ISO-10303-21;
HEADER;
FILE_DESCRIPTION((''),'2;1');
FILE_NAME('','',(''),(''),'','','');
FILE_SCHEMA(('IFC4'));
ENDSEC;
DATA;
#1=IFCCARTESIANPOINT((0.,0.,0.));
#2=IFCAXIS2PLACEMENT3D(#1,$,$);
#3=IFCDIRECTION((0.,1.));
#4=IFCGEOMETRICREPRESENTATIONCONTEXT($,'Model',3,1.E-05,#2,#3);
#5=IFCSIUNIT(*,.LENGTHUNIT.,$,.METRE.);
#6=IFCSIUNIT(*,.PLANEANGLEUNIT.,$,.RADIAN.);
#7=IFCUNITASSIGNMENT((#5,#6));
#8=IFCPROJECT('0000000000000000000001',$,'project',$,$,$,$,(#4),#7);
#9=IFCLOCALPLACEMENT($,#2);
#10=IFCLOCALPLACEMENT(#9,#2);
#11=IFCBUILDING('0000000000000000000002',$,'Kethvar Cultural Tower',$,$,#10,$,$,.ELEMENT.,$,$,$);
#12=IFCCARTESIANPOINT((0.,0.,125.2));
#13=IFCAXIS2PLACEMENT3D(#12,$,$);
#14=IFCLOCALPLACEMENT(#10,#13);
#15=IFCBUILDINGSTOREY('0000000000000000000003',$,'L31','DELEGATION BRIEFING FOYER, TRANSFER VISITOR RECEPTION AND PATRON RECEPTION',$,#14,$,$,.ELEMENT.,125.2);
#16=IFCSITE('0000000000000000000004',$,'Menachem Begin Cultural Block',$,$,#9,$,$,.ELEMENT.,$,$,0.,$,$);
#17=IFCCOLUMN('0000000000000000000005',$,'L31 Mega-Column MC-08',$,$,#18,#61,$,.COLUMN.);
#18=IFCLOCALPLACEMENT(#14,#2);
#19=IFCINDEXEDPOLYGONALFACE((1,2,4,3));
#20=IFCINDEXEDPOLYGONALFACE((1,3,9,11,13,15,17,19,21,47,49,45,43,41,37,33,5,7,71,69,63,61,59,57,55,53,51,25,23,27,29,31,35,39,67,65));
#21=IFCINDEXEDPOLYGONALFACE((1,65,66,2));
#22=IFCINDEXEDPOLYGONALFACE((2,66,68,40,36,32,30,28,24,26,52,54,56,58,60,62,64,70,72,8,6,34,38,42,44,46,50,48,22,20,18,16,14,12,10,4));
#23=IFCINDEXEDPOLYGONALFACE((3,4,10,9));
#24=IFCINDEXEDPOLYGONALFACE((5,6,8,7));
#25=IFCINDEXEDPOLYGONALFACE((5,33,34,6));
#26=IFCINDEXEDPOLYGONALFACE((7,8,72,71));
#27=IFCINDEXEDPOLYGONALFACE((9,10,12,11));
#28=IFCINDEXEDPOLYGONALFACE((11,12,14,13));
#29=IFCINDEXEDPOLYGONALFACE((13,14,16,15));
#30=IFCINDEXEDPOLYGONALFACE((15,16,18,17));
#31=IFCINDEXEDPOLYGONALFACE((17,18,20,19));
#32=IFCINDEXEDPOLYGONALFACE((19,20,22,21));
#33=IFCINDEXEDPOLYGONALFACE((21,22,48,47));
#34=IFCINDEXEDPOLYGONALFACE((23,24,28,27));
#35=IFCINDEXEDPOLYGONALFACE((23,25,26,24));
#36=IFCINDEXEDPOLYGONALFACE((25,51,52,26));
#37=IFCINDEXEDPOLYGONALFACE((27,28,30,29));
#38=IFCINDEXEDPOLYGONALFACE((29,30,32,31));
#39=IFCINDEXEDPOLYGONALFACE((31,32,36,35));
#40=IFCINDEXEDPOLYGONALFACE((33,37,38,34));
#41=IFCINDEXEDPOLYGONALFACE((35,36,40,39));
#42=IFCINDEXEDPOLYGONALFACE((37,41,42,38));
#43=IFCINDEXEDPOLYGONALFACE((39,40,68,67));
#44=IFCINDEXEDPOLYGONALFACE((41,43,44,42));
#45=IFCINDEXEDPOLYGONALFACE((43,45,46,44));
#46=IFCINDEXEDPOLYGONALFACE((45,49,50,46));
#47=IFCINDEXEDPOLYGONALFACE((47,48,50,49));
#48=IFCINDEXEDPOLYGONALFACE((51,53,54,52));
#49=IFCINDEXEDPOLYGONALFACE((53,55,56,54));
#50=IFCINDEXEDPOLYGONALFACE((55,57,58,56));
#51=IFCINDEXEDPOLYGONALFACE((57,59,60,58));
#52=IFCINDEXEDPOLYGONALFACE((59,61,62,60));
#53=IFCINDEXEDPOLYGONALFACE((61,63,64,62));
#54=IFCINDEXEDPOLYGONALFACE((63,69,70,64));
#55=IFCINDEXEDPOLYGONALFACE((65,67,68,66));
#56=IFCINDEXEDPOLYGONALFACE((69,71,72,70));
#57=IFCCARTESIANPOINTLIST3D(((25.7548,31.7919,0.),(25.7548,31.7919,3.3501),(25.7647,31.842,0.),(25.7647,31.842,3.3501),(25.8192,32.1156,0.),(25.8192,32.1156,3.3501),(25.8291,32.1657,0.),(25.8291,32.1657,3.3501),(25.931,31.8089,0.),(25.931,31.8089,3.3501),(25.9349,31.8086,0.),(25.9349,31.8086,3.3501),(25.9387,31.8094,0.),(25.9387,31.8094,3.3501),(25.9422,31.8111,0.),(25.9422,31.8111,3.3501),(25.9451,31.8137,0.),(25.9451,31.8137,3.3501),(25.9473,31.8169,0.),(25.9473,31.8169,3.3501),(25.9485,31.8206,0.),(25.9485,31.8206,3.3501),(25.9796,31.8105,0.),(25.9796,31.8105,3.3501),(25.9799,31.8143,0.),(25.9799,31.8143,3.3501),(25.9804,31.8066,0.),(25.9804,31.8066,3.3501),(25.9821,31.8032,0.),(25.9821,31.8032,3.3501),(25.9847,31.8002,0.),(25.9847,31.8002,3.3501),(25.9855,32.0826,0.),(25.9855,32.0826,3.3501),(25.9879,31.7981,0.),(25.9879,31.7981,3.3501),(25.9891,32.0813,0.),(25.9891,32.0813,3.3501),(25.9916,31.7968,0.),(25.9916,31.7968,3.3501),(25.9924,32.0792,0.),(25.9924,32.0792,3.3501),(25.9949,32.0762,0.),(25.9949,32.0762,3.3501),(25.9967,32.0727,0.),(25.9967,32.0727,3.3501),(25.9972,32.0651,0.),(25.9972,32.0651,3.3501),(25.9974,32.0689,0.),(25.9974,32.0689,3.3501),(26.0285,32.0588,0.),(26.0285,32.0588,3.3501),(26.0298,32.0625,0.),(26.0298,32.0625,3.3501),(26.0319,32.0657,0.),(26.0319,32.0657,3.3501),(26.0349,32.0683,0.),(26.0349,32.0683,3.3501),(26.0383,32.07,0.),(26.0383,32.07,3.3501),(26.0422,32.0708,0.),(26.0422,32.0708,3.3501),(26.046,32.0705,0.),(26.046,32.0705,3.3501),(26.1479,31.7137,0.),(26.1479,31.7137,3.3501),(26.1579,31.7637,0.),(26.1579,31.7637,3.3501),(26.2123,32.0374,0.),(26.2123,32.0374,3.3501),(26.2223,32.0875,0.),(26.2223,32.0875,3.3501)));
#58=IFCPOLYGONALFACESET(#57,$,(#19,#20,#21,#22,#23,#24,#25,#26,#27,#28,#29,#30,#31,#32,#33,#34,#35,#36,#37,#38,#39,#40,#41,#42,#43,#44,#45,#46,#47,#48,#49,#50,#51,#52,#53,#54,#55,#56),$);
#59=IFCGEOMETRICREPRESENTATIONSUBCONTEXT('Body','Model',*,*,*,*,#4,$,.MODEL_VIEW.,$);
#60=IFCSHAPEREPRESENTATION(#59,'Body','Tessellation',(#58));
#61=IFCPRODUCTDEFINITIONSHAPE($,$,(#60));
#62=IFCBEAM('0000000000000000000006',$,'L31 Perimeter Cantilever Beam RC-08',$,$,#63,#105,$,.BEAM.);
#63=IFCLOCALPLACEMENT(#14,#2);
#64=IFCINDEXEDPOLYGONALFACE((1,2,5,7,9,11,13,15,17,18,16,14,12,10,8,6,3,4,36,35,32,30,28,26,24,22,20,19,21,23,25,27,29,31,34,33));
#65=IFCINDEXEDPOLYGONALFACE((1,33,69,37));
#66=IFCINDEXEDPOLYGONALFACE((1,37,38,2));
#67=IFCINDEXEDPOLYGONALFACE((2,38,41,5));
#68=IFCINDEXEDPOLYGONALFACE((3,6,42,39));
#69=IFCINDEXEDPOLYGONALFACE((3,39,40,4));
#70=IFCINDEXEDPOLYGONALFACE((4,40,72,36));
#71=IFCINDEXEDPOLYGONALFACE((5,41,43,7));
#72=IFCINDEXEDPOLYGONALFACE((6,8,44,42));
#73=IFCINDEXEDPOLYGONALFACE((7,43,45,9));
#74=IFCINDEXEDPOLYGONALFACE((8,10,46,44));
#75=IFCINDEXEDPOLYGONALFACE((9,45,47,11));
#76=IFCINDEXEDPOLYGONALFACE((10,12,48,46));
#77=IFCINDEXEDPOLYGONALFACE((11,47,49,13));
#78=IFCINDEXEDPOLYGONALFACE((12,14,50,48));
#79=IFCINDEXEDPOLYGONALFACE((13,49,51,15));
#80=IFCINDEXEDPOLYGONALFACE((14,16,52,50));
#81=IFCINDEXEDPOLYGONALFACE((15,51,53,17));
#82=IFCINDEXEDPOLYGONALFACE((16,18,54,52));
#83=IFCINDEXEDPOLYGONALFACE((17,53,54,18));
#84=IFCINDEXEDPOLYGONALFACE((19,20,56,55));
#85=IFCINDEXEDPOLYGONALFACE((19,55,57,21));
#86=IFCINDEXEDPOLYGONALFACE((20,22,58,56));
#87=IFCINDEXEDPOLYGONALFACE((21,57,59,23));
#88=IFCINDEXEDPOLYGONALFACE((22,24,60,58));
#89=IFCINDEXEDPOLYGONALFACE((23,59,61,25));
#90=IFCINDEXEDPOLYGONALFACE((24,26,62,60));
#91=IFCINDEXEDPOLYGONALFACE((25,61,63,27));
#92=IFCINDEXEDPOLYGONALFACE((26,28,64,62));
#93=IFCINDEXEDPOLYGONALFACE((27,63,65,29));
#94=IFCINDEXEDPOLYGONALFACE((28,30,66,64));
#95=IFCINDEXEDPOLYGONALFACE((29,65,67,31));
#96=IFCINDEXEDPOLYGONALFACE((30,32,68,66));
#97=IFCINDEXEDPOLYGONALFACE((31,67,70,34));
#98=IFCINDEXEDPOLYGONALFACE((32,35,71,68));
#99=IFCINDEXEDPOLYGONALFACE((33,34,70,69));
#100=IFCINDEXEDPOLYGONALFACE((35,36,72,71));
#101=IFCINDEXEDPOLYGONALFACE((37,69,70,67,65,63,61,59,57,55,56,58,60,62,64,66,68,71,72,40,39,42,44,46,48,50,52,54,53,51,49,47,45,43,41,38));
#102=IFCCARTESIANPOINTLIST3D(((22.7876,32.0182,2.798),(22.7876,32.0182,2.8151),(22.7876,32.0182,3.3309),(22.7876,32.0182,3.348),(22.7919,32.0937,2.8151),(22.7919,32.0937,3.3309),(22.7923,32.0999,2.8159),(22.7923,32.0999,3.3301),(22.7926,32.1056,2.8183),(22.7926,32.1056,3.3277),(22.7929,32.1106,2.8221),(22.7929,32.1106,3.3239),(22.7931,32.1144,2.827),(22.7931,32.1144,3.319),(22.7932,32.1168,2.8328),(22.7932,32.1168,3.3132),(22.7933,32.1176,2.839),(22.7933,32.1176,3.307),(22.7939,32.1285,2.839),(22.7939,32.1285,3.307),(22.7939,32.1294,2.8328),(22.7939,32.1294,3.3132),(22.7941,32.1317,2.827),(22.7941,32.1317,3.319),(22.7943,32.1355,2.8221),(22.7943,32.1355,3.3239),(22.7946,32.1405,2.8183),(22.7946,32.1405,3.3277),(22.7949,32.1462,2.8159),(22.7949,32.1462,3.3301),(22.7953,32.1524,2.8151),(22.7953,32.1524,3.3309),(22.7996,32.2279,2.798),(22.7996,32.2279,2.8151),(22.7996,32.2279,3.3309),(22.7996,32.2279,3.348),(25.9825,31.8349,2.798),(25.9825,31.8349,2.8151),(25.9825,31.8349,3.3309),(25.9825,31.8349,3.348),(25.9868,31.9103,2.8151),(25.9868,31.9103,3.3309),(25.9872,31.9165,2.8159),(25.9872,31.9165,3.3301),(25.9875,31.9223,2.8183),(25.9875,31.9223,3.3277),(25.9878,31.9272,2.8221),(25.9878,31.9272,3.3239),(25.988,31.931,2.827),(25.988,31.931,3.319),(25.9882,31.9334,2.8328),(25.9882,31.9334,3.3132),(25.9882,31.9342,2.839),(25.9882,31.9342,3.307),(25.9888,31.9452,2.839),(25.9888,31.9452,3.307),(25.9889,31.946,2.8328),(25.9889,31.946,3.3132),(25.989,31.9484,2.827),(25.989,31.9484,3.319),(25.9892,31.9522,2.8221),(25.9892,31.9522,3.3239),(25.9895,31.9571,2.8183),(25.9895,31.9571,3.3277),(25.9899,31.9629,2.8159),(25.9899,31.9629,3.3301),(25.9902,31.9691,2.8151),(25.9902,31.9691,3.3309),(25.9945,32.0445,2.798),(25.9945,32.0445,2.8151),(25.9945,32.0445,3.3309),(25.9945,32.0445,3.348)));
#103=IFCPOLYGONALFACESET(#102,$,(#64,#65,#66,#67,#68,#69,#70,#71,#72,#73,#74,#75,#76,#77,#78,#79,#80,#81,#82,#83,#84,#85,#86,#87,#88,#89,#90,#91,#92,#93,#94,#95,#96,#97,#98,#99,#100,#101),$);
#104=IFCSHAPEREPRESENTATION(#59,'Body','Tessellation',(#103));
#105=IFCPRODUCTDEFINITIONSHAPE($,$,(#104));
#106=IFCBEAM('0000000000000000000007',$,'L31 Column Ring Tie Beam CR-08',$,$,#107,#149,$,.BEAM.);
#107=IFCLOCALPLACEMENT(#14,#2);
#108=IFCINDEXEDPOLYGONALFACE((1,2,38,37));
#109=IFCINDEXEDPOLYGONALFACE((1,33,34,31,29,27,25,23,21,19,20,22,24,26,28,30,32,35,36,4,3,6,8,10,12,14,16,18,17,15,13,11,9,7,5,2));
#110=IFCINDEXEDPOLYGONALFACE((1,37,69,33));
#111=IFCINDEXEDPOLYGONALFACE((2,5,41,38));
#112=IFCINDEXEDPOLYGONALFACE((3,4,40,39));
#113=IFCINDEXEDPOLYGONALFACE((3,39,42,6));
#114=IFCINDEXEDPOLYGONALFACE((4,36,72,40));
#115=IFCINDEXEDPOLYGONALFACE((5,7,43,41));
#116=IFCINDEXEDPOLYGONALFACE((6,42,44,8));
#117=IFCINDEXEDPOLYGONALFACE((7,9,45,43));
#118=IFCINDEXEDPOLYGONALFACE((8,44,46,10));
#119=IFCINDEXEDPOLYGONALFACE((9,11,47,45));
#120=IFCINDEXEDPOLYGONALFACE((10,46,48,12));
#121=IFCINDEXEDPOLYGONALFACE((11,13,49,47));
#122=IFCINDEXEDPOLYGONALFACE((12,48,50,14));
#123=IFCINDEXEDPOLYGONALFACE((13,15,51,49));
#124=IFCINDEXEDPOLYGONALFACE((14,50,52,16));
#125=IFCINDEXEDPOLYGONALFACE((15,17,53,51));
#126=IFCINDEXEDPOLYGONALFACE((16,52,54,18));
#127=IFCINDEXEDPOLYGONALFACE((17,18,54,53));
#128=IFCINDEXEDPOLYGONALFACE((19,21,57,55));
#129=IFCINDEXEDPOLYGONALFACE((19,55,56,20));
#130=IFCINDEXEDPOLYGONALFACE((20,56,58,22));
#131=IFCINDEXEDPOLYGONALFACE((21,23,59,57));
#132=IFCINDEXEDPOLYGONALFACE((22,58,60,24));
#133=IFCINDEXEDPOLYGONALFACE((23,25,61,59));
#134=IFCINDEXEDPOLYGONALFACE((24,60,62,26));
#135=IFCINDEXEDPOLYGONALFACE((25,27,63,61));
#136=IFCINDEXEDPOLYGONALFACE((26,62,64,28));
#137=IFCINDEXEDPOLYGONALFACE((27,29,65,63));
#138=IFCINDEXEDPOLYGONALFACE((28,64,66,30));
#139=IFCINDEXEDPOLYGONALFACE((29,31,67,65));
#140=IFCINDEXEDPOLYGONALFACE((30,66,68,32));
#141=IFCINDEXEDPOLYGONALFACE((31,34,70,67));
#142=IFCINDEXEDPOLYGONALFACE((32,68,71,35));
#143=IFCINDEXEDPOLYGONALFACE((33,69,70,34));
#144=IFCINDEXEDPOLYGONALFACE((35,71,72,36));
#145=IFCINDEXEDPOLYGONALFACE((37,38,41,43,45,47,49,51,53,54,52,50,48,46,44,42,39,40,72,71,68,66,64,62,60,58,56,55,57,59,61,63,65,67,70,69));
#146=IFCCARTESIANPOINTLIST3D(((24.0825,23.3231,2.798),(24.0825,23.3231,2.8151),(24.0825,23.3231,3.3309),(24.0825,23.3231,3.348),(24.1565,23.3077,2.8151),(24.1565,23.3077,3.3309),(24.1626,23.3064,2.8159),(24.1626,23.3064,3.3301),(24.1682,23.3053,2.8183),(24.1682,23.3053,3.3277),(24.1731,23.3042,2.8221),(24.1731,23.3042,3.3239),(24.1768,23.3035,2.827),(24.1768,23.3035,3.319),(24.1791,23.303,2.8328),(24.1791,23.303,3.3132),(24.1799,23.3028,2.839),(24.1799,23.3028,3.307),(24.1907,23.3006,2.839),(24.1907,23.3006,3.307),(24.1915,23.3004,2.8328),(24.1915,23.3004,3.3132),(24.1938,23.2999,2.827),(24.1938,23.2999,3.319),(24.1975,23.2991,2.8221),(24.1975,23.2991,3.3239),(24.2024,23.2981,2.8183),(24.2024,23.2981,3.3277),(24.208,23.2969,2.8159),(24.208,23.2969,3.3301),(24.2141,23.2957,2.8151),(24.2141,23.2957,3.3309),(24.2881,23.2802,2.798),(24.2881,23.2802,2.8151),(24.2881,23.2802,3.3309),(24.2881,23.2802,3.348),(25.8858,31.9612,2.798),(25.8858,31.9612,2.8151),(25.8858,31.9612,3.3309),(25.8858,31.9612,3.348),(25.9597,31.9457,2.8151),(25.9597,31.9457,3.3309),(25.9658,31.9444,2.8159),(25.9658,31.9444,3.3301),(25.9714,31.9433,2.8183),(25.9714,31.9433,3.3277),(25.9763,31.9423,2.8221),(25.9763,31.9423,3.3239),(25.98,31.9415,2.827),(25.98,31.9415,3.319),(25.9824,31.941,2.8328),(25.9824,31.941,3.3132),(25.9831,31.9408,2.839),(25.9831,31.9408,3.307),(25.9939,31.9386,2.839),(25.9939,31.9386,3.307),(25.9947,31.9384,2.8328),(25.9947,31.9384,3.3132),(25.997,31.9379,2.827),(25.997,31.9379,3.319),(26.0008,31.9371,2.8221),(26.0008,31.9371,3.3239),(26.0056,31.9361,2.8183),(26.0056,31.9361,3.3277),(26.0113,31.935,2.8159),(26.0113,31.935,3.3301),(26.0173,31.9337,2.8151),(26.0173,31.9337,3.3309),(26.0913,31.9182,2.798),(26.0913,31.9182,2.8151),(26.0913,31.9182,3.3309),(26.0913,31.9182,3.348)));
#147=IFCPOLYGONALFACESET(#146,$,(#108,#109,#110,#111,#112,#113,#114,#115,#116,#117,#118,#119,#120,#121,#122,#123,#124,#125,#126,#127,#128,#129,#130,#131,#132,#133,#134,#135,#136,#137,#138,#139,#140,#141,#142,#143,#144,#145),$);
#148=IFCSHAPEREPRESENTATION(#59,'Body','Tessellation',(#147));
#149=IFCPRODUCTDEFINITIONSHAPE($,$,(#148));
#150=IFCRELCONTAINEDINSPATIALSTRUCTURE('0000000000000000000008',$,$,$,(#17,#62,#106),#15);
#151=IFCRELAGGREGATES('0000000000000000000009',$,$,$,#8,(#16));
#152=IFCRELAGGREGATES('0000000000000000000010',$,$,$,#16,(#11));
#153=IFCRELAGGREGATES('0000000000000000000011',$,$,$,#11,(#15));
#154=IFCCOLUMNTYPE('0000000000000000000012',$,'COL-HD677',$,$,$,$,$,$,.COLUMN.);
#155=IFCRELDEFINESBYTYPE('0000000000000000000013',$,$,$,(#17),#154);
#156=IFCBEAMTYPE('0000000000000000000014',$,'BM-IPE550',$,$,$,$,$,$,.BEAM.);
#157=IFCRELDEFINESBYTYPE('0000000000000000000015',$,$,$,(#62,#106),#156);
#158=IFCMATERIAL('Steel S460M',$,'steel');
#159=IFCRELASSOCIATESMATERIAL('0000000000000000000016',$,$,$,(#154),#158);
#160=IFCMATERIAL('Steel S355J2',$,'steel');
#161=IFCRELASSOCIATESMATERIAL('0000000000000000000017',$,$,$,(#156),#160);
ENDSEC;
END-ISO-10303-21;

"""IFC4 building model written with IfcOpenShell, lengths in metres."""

from ifc_helpers import new_model, si_unit, direction, frame, origin, origin_2d, place, context, subcontext, project, spatial, i_section, extrude, source, transform, mapped, material, material_profile, profile_set, type_object, element, save


model = new_model("IFC4")

# Units and contexts
model_context = context("Model", 3, precision=1e-05, world=origin(), true_north=direction((0.0, 1.0)))
body_context = subcontext(model_context, "Body", "Model", "MODEL_VIEW")
ifc_project = project(units=[si_unit("LENGTHUNIT", "METRE"), si_unit("PLANEANGLEUNIT", "RADIAN")], contexts=[model_context])

# Site, building, storey
site_placement = place(None, origin())
site = spatial("IfcSite", under=ifc_project, at=site_placement, Name="Menachem Begin Cultural Block", CompositionType="ELEMENT", RefElevation=0.0)
building_placement = place(site_placement, origin())
building = spatial("IfcBuilding", under=site, at=building_placement, Name="Kethvar Cultural Tower", CompositionType="ELEMENT")
storey_placement = place(building_placement, frame((0.0, 0.0, 125.2)))
storey = spatial("IfcBuildingStorey", under=building, at=storey_placement, Name="L31", Description="DELEGATION BRIEFING FOYER, TRANSFER VISITOR RECEPTION AND PATRON RECEPTION", CompositionType="ELEMENT", Elevation=125.2)

# Column
ifc_material_1 = material(Name="Steel S460M", Category="steel")
ifc_material_profile_1 = material_profile(ifc_material_1, i_section(OverallWidth=0.4009, OverallDepth=0.3811, WebThickness=0.032, FlangeThickness=0.051, FilletRadius=0.0149, at=origin_2d()), Name="Steel S460M — HD400x677")
ifc_profile_set_1 = profile_set([ifc_material_profile_1], Name="Steel S460M — HD400x677")
column_type = type_object("IfcColumnType", Name="COL-HD677", PredefinedType="COLUMN", material=ifc_profile_set_1)
shared_shape_1 = source(origin(), body_context, "Body", "SweptSolid", [
    extrude(i_section(OverallWidth=0.4009, OverallDepth=0.3811, WebThickness=0.032, FlangeThickness=0.051, FilletRadius=0.0149, at=origin_2d()), origin(), (0.0, 0.0, 1.0), 3.3501),
])
column_placement = place(storey_placement, frame((25.9885, 31.9397, 0.0), z_axis=(0.0, 0.0, 1.0), x_axis=(-0.980785, 0.19509, 0.0)))
element("IfcColumn", 1, at=column_placement, inside=storey, type_object=column_type, Name="L31 Mega-Column MC-08", PredefinedType="COLUMN", context=body_context, shape_type="MappedRepresentation", body=[
    mapped(shared_shape_1, transform((0.0, 0.0, 0.0), scale=1.0)),
])

# Beams
ifc_material_2 = material(Name="Steel S355J2", Category="steel")
ifc_material_profile_2 = material_profile(ifc_material_2, i_section(OverallWidth=0.21, OverallDepth=0.55, WebThickness=0.011, FlangeThickness=0.0171, FilletRadius=0.0239, at=origin_2d()), Name="Steel S355J2 — IPE550")
ifc_profile_set_2 = profile_set([ifc_material_profile_2], Name="Steel S355J2 — IPE550")
beam_type_1 = type_object("IfcBeamType", Name="BM-IPE550", PredefinedType="BEAM", material=ifc_profile_set_2)
shared_shape_2 = source(origin(), body_context, "Body", "SweptSolid", [
    extrude(i_section(OverallWidth=0.21, OverallDepth=0.55, WebThickness=0.011, FlangeThickness=0.0171, FilletRadius=0.0239, at=origin_2d()), origin(), (0.0, 0.0, 1.0), 3.2002),
])
beam_1_placement = place(storey_placement, frame((25.9885, 31.9397, 3.073), z_axis=(-0.998357, 0.057295, 0.0), x_axis=(-0.057295, -0.998357, 0.0)))
element("IfcBeam", 2, at=beam_1_placement, inside=storey, type_object=beam_type_1, Name="L31 Perimeter Cantilever Beam RC-08", PredefinedType="BEAM", context=body_context, shape_type="MappedRepresentation", body=[
    mapped(shared_shape_2, transform((0.0, 0.0, 0.0), scale=1.0)),
])
shared_shape_3 = source(origin(), body_context, "Body", "SweptSolid", [
    extrude(i_section(OverallWidth=0.21, OverallDepth=0.55, WebThickness=0.011, FlangeThickness=0.0171, FilletRadius=0.0239, at=origin_2d()), origin(), (0.0, 0.0, 1.0), 8.8242),
])
beam_2_placement = place(storey_placement, frame((25.9885, 31.9397, 3.073), z_axis=(-0.204351, -0.978898, 0.0), x_axis=(0.978898, -0.204351, 0.0)))
element("IfcBeam", 3, at=beam_2_placement, inside=storey, type_object=beam_type_1, Name="L31 Column Ring Tie Beam CR-08", PredefinedType="BEAM", context=body_context, shape_type="MappedRepresentation", body=[
    mapped(shared_shape_3, transform((0.0, 0.0, 0.0), scale=1.0)),
])

save(model, "model.ifc")
